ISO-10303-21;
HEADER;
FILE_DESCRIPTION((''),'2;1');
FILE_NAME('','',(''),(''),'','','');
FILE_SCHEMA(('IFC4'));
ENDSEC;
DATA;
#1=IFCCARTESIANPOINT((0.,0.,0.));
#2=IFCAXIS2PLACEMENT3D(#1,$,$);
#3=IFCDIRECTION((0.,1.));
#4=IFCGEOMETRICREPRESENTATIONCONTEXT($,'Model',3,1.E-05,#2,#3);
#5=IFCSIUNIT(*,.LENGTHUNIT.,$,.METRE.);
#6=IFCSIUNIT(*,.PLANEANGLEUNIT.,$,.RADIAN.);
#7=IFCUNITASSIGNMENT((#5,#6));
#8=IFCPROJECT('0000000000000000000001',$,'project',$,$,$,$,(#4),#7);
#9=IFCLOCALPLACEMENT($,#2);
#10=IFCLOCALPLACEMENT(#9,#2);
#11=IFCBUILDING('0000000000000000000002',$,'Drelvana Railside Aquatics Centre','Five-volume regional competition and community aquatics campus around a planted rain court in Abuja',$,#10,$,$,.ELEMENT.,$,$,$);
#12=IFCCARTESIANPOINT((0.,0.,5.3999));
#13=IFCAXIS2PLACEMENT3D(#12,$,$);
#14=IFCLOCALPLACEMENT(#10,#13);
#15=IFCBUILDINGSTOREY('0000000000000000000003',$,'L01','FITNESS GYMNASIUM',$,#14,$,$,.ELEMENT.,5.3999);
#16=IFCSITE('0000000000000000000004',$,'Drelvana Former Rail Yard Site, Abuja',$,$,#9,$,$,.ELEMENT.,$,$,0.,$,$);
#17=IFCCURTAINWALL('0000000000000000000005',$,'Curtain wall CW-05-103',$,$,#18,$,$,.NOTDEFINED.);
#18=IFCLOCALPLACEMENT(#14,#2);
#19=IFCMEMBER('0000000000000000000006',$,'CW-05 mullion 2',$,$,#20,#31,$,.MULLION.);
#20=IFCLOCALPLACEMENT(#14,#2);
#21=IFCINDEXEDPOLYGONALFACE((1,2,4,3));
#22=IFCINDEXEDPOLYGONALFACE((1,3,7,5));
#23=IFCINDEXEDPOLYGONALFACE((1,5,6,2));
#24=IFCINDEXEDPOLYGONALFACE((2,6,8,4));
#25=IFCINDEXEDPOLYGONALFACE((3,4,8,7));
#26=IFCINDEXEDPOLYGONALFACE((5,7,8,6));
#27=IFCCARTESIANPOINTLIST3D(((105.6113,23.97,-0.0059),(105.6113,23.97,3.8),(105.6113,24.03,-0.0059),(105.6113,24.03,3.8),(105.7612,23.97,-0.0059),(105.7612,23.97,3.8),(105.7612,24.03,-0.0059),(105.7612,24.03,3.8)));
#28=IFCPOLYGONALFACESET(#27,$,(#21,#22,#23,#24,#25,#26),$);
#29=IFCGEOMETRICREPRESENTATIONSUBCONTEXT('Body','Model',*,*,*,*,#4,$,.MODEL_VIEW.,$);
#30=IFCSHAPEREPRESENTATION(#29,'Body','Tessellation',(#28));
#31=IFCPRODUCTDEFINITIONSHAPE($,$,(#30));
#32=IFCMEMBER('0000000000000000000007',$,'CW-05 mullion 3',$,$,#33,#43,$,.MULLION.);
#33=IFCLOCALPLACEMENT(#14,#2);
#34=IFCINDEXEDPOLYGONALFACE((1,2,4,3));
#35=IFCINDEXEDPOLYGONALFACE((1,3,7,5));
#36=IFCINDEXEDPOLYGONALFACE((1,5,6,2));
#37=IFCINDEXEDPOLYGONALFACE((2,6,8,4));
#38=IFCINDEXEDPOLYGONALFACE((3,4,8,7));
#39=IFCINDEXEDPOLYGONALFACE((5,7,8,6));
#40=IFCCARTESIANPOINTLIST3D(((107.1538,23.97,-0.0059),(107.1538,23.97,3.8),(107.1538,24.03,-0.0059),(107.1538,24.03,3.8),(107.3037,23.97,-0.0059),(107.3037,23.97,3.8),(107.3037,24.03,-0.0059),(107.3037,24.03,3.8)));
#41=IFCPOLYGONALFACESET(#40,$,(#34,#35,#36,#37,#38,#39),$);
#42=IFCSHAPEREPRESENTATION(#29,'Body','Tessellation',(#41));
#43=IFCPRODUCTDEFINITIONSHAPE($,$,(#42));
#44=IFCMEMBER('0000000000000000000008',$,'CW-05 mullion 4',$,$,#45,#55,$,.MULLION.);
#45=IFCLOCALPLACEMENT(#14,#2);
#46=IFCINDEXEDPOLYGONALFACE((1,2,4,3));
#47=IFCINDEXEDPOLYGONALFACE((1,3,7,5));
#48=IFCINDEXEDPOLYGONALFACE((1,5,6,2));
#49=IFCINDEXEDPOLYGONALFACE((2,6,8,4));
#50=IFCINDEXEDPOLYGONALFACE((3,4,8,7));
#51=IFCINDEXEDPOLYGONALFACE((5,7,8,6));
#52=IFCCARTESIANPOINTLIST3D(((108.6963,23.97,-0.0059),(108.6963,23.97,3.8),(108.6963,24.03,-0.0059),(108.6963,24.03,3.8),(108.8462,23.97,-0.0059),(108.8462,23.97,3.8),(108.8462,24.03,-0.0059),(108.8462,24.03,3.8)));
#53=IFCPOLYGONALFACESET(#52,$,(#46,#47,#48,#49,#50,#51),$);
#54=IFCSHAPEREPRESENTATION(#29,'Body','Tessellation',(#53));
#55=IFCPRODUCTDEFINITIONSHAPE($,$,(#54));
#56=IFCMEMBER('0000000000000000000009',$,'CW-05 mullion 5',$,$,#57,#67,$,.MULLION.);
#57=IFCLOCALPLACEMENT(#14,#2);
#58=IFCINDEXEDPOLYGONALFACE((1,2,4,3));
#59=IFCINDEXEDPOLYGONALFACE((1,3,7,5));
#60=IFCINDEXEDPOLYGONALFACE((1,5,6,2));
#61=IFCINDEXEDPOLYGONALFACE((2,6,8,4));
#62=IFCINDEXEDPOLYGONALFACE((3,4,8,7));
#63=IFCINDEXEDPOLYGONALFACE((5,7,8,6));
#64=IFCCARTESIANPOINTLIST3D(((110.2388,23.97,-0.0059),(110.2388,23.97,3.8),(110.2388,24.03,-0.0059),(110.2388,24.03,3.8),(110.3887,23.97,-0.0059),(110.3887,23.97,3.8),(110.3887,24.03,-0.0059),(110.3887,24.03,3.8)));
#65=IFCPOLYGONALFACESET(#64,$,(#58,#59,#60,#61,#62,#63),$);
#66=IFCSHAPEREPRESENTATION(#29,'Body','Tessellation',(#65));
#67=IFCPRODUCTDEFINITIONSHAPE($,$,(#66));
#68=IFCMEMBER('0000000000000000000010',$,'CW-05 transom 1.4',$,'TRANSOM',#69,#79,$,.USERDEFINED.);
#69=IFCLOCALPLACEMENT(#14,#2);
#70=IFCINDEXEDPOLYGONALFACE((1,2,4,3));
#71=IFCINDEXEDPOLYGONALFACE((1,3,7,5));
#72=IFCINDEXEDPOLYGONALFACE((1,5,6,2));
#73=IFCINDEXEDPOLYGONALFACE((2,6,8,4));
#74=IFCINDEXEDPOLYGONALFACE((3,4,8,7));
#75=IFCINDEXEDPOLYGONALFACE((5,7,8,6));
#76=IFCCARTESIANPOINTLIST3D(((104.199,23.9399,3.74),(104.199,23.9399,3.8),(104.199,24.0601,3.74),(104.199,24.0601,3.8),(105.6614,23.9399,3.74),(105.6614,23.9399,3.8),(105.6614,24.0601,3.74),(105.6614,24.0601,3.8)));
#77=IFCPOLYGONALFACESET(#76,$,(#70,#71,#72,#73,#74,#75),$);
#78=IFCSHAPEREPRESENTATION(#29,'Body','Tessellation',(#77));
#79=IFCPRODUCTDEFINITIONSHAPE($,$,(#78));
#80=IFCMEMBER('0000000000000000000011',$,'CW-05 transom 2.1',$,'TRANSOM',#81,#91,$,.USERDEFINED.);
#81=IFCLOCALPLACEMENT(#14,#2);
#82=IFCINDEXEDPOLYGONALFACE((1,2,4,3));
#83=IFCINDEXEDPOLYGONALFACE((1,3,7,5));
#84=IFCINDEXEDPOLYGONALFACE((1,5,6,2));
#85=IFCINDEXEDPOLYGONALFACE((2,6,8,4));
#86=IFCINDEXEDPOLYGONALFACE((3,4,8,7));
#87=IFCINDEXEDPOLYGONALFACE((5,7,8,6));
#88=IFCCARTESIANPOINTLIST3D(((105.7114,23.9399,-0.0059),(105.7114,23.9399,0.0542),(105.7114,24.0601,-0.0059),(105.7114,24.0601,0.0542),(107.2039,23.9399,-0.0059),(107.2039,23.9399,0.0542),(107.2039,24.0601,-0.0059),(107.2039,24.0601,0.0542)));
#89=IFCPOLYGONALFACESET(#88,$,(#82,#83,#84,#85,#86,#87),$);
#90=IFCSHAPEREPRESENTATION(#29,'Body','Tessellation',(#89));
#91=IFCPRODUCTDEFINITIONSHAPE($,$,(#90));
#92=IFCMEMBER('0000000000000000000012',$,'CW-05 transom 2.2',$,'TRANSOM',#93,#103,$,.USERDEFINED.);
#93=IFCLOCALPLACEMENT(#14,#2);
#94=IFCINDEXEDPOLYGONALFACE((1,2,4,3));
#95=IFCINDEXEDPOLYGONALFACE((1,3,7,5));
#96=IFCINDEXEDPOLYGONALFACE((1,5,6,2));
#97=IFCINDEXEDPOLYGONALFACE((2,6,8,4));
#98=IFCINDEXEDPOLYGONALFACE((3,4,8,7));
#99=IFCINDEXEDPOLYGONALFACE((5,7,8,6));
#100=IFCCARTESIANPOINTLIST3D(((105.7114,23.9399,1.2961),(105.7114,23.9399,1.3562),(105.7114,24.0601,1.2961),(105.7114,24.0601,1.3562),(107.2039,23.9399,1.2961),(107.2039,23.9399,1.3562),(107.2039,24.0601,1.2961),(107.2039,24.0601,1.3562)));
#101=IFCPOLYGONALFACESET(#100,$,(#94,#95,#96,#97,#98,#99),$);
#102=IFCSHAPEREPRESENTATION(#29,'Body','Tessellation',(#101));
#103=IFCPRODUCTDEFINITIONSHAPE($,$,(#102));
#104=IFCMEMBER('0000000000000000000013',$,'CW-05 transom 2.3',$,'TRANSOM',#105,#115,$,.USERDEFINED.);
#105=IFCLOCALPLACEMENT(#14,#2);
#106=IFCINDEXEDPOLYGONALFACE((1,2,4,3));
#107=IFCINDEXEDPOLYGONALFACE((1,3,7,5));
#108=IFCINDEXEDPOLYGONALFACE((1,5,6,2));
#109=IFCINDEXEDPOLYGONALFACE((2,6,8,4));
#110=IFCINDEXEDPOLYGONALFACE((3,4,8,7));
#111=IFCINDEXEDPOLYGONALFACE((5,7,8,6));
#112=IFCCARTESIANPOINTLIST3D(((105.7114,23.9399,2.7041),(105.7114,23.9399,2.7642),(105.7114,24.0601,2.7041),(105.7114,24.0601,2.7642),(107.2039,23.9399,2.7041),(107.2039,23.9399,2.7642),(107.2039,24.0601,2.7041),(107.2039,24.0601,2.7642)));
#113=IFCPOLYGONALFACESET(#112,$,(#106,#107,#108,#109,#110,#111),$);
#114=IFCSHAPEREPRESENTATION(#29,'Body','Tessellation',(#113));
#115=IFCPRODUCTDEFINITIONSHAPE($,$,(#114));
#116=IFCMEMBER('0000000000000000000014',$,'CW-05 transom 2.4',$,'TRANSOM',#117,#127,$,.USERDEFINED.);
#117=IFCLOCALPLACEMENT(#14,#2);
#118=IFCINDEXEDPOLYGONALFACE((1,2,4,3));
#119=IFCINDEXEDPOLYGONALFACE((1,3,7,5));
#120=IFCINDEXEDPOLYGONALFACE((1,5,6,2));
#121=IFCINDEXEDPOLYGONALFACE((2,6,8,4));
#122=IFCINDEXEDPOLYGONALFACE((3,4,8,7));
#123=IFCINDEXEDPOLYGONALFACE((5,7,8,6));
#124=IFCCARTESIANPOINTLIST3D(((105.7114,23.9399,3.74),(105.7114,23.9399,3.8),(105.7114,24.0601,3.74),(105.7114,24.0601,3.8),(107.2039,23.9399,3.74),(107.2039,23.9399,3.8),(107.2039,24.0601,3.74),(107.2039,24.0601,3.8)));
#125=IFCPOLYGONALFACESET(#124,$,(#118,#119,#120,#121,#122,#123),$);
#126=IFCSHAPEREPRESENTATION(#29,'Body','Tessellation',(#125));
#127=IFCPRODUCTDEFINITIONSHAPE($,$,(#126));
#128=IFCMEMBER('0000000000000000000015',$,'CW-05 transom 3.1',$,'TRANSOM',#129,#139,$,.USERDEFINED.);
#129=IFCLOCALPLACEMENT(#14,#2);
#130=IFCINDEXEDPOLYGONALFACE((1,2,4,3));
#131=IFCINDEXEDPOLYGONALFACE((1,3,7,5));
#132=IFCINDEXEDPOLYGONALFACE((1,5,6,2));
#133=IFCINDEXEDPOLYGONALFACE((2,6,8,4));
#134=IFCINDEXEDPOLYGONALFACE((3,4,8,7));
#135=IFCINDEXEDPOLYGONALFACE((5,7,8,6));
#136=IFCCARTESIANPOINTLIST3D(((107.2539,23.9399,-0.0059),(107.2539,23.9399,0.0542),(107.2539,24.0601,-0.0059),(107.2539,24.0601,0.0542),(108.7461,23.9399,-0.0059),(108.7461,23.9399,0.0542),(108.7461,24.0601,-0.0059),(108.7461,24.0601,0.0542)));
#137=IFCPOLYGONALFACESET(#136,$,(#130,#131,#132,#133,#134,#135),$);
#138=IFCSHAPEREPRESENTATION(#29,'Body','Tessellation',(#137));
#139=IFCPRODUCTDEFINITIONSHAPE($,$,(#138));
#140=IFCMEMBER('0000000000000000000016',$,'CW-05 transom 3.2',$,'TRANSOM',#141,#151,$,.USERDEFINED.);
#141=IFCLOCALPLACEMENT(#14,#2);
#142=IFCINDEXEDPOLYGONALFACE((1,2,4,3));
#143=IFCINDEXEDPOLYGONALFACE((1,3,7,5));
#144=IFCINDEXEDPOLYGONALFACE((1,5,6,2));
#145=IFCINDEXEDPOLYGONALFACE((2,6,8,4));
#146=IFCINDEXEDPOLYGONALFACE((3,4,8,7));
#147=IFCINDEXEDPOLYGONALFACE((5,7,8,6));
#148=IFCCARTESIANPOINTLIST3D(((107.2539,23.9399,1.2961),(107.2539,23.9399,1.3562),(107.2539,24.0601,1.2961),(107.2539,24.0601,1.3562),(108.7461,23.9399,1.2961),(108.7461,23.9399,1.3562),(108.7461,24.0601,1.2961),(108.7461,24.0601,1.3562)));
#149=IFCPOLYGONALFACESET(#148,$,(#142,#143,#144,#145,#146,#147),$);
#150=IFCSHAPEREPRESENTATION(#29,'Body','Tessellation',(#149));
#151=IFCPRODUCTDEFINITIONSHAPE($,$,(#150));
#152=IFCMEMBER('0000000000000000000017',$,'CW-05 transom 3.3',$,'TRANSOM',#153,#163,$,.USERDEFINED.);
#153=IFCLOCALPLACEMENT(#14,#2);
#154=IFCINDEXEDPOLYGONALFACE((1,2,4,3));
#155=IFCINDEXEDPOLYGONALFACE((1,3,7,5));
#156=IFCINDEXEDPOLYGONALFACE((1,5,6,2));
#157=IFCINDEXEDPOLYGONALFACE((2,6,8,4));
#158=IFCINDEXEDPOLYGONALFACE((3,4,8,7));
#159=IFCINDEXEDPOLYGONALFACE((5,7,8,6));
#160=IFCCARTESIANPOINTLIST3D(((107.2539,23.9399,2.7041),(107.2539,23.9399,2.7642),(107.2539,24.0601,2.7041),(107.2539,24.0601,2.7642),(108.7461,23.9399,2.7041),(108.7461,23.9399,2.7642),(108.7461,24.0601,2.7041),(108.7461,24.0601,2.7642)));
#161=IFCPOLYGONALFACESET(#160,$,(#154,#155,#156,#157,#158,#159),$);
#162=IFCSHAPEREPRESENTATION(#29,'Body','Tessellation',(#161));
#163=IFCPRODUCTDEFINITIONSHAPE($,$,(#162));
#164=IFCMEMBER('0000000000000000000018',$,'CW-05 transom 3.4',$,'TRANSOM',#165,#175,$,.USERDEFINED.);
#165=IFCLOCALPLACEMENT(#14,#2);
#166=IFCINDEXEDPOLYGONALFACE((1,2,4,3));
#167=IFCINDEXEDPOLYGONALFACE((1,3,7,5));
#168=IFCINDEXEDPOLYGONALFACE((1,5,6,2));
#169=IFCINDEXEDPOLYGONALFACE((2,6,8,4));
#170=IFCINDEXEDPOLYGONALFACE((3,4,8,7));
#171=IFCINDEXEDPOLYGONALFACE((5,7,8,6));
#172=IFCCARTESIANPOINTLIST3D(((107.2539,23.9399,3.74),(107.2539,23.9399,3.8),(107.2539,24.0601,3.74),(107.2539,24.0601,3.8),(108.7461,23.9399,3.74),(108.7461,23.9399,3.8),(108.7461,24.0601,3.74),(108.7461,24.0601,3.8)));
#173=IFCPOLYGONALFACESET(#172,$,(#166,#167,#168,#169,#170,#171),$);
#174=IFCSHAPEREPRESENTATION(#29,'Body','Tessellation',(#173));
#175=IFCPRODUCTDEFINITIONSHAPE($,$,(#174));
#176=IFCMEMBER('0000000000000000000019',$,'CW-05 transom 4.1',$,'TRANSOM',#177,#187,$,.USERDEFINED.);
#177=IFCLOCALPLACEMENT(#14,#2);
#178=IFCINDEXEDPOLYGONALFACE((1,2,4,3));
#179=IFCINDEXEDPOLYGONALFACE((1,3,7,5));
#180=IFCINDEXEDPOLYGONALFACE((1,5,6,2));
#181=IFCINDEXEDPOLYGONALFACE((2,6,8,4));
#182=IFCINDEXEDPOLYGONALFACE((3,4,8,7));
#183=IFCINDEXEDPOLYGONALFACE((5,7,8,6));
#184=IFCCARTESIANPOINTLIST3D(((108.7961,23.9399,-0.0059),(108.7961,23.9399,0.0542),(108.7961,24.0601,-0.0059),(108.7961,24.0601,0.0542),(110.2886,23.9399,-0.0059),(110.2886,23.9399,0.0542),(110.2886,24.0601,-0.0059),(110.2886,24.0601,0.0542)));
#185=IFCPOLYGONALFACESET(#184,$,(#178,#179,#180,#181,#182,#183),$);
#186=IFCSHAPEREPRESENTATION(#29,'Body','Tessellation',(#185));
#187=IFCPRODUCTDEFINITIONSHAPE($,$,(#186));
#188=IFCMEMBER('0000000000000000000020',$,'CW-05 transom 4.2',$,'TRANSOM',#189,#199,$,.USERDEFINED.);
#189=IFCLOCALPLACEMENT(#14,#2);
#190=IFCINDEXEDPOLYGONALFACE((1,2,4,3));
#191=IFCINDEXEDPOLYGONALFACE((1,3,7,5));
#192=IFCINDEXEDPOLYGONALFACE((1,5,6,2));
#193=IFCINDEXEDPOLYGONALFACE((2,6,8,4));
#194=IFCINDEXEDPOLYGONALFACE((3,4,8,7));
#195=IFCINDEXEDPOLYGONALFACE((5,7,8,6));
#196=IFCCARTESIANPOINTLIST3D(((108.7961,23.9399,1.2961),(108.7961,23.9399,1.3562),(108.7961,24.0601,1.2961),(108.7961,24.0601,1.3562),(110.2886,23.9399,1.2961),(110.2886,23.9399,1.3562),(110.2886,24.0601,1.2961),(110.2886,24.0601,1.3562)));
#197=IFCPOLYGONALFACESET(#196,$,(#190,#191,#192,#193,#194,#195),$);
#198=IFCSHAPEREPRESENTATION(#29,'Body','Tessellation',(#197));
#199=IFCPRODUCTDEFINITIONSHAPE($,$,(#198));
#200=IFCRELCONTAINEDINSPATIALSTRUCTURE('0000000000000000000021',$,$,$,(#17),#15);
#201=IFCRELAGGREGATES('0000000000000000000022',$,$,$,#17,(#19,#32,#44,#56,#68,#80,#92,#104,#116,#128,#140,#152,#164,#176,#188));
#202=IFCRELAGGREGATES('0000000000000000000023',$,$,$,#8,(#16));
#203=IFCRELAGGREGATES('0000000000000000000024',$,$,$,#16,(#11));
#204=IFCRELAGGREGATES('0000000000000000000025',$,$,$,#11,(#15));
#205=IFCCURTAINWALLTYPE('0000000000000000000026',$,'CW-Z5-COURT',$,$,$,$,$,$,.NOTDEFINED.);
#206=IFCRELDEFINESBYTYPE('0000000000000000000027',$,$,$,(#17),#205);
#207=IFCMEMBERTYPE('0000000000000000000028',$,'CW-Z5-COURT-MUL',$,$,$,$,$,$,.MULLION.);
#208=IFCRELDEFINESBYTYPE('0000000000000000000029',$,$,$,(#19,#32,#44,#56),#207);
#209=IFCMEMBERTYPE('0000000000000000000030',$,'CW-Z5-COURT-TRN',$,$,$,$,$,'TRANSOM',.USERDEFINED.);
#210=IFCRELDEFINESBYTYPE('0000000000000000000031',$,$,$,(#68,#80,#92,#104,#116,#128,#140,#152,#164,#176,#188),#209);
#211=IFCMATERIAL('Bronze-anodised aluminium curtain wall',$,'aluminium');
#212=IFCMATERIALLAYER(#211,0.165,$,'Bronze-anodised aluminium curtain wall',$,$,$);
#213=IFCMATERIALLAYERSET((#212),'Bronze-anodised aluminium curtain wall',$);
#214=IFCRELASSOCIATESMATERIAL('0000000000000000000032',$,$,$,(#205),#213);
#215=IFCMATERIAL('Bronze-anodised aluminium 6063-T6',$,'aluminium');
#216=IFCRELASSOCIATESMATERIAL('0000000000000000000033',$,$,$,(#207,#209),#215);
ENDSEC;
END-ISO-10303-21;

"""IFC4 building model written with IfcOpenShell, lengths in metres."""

from ifc_helpers import new_model, si_unit, direction, frame, origin, origin_2d, place, context, subcontext, project, spatial, rectangle, extrude, material, layer, layer_set, material_profile, profile_set, type_object, element, aggregate, save


model = new_model("IFC4")

# Units and contexts
model_context = context("Model", 3, precision=1e-05, world=origin(), true_north=direction((0.0, 1.0)))
body_context = subcontext(model_context, "Body", "Model", "MODEL_VIEW")
ifc_project = project(units=[si_unit("LENGTHUNIT", "METRE"), si_unit("PLANEANGLEUNIT", "RADIAN")], contexts=[model_context])

# Site, building, storey
site_placement = place(None, origin())
site = spatial("IfcSite", under=ifc_project, at=site_placement, Name="Drelvana Former Rail Yard Site, Abuja", CompositionType="ELEMENT", RefElevation=0.0)
building_placement = place(site_placement, origin())
building = spatial("IfcBuilding", under=site, at=building_placement, Name="Drelvana Railside Aquatics Centre", Description="Five-volume regional competition and community aquatics campus around a planted rain court in Abuja", CompositionType="ELEMENT")
storey_placement = place(building_placement, frame((0.0, 0.0, 5.3999)))
storey = spatial("IfcBuildingStorey", under=building, at=storey_placement, Name="L01", Description="FITNESS GYMNASIUM", CompositionType="ELEMENT", Elevation=5.3999)

# Curtain wall, members
ifc_material_1 = material(Name="Bronze-anodised aluminium curtain wall", Category="aluminium")
ifc_layer_1 = layer(ifc_material_1, 0.165, Name="Bronze-anodised aluminium curtain wall")
ifc_layer_set_1 = layer_set([ifc_layer_1], Name="Bronze-anodised aluminium curtain wall")
curtain_wall_type = type_object("IfcCurtainWallType", Name="CW-Z5-COURT", PredefinedType="NOTDEFINED", material=ifc_layer_set_1)
curtain_wall_placement = place(storey_placement, origin())
curtain_wall = element("IfcCurtainWall", 1, at=curtain_wall_placement, inside=storey, type_object=curtain_wall_type, Name="Curtain wall CW-05-103", PredefinedType="NOTDEFINED")
ifc_material_2 = material(Name="Bronze-anodised aluminium 6063-T6", Category="aluminium")
ifc_material_profile_1 = material_profile(ifc_material_2, rectangle(XDim=0.0601, YDim=0.1499, at=origin_2d()), Name="ALU-M 60x150")
ifc_profile_set_1 = profile_set([ifc_material_profile_1], Name="Bronze-anodised aluminium 6063-T6")
member_type_1 = type_object("IfcMemberType", Name="CW-Z5-COURT-MUL", PredefinedType="MULLION", material=ifc_profile_set_1)
member_1_placement = place(storey_placement, frame((105.6863, 24.0, -0.0059), z_axis=(0.0, 0.0, 1.0), x_axis=(0.0, 1.0, 0.0)))
member_1 = element("IfcMember", 2, at=member_1_placement, type_object=member_type_1, Name="CW-05 mullion 2", PredefinedType="MULLION", context=body_context, shape_type="SweptSolid", body=[
    extrude(rectangle(XDim=0.0601, YDim=0.1499, at=origin_2d()), origin(), (0.0, 0.0, 1.0), 3.8059),
])
member_2_placement = place(storey_placement, frame((107.2288, 24.0, -0.0059), z_axis=(0.0, 0.0, 1.0), x_axis=(0.0, 1.0, 0.0)))
member_2 = element("IfcMember", 3, at=member_2_placement, type_object=member_type_1, Name="CW-05 mullion 3", PredefinedType="MULLION", context=body_context, shape_type="SweptSolid", body=[
    extrude(rectangle(XDim=0.0601, YDim=0.1499, at=origin_2d()), origin(), (0.0, 0.0, 1.0), 3.8059),
])
member_3_placement = place(storey_placement, frame((108.7712, 24.0, -0.0059), z_axis=(0.0, 0.0, 1.0), x_axis=(0.0, 1.0, 0.0)))
member_3 = element("IfcMember", 4, at=member_3_placement, type_object=member_type_1, Name="CW-05 mullion 4", PredefinedType="MULLION", context=body_context, shape_type="SweptSolid", body=[
    extrude(rectangle(XDim=0.0601, YDim=0.1499, at=origin_2d()), origin(), (0.0, 0.0, 1.0), 3.8059),
])
member_4_placement = place(storey_placement, frame((110.3137, 24.0, -0.0059), z_axis=(0.0, 0.0, 1.0), x_axis=(0.0, 1.0, 0.0)))
member_4 = element("IfcMember", 5, at=member_4_placement, type_object=member_type_1, Name="CW-05 mullion 5", PredefinedType="MULLION", context=body_context, shape_type="SweptSolid", body=[
    extrude(rectangle(XDim=0.0601, YDim=0.1499, at=origin_2d()), origin(), (0.0, 0.0, 1.0), 3.8059),
])
ifc_material_profile_2 = material_profile(ifc_material_2, rectangle(XDim=0.1201, YDim=0.0601, at=origin_2d()), Name="ALU-T 60x120")
ifc_profile_set_2 = profile_set([ifc_material_profile_2], Name="Bronze-anodised aluminium 6063-T6")
member_type_2 = type_object("IfcMemberType", Name="CW-Z5-COURT-TRN", ElementType="TRANSOM", PredefinedType="USERDEFINED", material=ifc_profile_set_2)
member_5_placement = place(storey_placement, frame((104.199, 24.0, 3.77), z_axis=(1.0, 0.0, 0.0), x_axis=(0.0, 1.0, 0.0)))
member_5 = element("IfcMember", 6, at=member_5_placement, type_object=member_type_2, Name="CW-05 transom 1.4", ObjectType="TRANSOM", PredefinedType="USERDEFINED", context=body_context, shape_type="SweptSolid", body=[
    extrude(rectangle(XDim=0.1201, YDim=0.0601, at=origin_2d()), origin(), (0.0, 0.0, 1.0), 1.4624),
])
member_6_placement = place(storey_placement, frame((105.7114, 24.0, 0.0242), z_axis=(1.0, 0.0, 0.0), x_axis=(0.0, 1.0, 0.0)))
member_6 = element("IfcMember", 7, at=member_6_placement, type_object=member_type_2, Name="CW-05 transom 2.1", ObjectType="TRANSOM", PredefinedType="USERDEFINED", context=body_context, shape_type="SweptSolid", body=[
    extrude(rectangle(XDim=0.1201, YDim=0.0601, at=origin_2d()), origin(), (0.0, 0.0, 1.0), 1.4924),
])
member_7_placement = place(storey_placement, frame((105.7114, 24.0, 1.3262), z_axis=(1.0, 0.0, 0.0), x_axis=(0.0, 1.0, 0.0)))
member_7 = element("IfcMember", 8, at=member_7_placement, type_object=member_type_2, Name="CW-05 transom 2.2", ObjectType="TRANSOM", PredefinedType="USERDEFINED", context=body_context, shape_type="SweptSolid", body=[
    extrude(rectangle(XDim=0.1201, YDim=0.0601, at=origin_2d()), origin(), (0.0, 0.0, 1.0), 1.4924),
])
member_8_placement = place(storey_placement, frame((105.7114, 24.0, 2.7341), z_axis=(1.0, 0.0, 0.0), x_axis=(0.0, 1.0, 0.0)))
member_8 = element("IfcMember", 9, at=member_8_placement, type_object=member_type_2, Name="CW-05 transom 2.3", ObjectType="TRANSOM", PredefinedType="USERDEFINED", context=body_context, shape_type="SweptSolid", body=[
    extrude(rectangle(XDim=0.1201, YDim=0.0601, at=origin_2d()), origin(), (0.0, 0.0, 1.0), 1.4924),
])
member_9_placement = place(storey_placement, frame((105.7114, 24.0, 3.77), z_axis=(1.0, 0.0, 0.0), x_axis=(0.0, 1.0, 0.0)))
member_9 = element("IfcMember", 10, at=member_9_placement, type_object=member_type_2, Name="CW-05 transom 2.4", ObjectType="TRANSOM", PredefinedType="USERDEFINED", context=body_context, shape_type="SweptSolid", body=[
    extrude(rectangle(XDim=0.1201, YDim=0.0601, at=origin_2d()), origin(), (0.0, 0.0, 1.0), 1.4924),
])
member_10_placement = place(storey_placement, frame((107.2539, 24.0, 0.0242), z_axis=(1.0, 0.0, 0.0), x_axis=(0.0, 1.0, 0.0)))
member_10 = element("IfcMember", 11, at=member_10_placement, type_object=member_type_2, Name="CW-05 transom 3.1", ObjectType="TRANSOM", PredefinedType="USERDEFINED", context=body_context, shape_type="SweptSolid", body=[
    extrude(rectangle(XDim=0.1201, YDim=0.0601, at=origin_2d()), origin(), (0.0, 0.0, 1.0), 1.4922),
])
member_11_placement = place(storey_placement, frame((107.2539, 24.0, 1.3262), z_axis=(1.0, 0.0, 0.0), x_axis=(0.0, 1.0, 0.0)))
member_11 = element("IfcMember", 12, at=member_11_placement, type_object=member_type_2, Name="CW-05 transom 3.2", ObjectType="TRANSOM", PredefinedType="USERDEFINED", context=body_context, shape_type="SweptSolid", body=[
    extrude(rectangle(XDim=0.1201, YDim=0.0601, at=origin_2d()), origin(), (0.0, 0.0, 1.0), 1.4922),
])
member_12_placement = place(storey_placement, frame((107.2539, 24.0, 2.7341), z_axis=(1.0, 0.0, 0.0), x_axis=(0.0, 1.0, 0.0)))
member_12 = element("IfcMember", 13, at=member_12_placement, type_object=member_type_2, Name="CW-05 transom 3.3", ObjectType="TRANSOM", PredefinedType="USERDEFINED", context=body_context, shape_type="SweptSolid", body=[
    extrude(rectangle(XDim=0.1201, YDim=0.0601, at=origin_2d()), origin(), (0.0, 0.0, 1.0), 1.4922),
])
member_13_placement = place(storey_placement, frame((107.2539, 24.0, 3.77), z_axis=(1.0, 0.0, 0.0), x_axis=(0.0, 1.0, 0.0)))
member_13 = element("IfcMember", 14, at=member_13_placement, type_object=member_type_2, Name="CW-05 transom 3.4", ObjectType="TRANSOM", PredefinedType="USERDEFINED", context=body_context, shape_type="SweptSolid", body=[
    extrude(rectangle(XDim=0.1201, YDim=0.0601, at=origin_2d()), origin(), (0.0, 0.0, 1.0), 1.4922),
])
member_14_placement = place(storey_placement, frame((108.7961, 24.0, 0.0242), z_axis=(1.0, 0.0, 0.0), x_axis=(0.0, 1.0, 0.0)))
member_14 = element("IfcMember", 15, at=member_14_placement, type_object=member_type_2, Name="CW-05 transom 4.1", ObjectType="TRANSOM", PredefinedType="USERDEFINED", context=body_context, shape_type="SweptSolid", body=[
    extrude(rectangle(XDim=0.1201, YDim=0.0601, at=origin_2d()), origin(), (0.0, 0.0, 1.0), 1.4924),
])
member_15_placement = place(storey_placement, frame((108.7961, 24.0, 1.3262), z_axis=(1.0, 0.0, 0.0), x_axis=(0.0, 1.0, 0.0)))
member_15 = element("IfcMember", 16, at=member_15_placement, type_object=member_type_2, Name="CW-05 transom 4.2", ObjectType="TRANSOM", PredefinedType="USERDEFINED", context=body_context, shape_type="SweptSolid", body=[
    extrude(rectangle(XDim=0.1201, YDim=0.0601, at=origin_2d()), origin(), (0.0, 0.0, 1.0), 1.4924),
])

aggregate(curtain_wall, [member_1, member_2, member_3, member_4, member_5, member_6, member_7, member_8, member_9, member_10, member_11, member_12, member_13, member_14, member_15])

save(model, "model.ifc")
